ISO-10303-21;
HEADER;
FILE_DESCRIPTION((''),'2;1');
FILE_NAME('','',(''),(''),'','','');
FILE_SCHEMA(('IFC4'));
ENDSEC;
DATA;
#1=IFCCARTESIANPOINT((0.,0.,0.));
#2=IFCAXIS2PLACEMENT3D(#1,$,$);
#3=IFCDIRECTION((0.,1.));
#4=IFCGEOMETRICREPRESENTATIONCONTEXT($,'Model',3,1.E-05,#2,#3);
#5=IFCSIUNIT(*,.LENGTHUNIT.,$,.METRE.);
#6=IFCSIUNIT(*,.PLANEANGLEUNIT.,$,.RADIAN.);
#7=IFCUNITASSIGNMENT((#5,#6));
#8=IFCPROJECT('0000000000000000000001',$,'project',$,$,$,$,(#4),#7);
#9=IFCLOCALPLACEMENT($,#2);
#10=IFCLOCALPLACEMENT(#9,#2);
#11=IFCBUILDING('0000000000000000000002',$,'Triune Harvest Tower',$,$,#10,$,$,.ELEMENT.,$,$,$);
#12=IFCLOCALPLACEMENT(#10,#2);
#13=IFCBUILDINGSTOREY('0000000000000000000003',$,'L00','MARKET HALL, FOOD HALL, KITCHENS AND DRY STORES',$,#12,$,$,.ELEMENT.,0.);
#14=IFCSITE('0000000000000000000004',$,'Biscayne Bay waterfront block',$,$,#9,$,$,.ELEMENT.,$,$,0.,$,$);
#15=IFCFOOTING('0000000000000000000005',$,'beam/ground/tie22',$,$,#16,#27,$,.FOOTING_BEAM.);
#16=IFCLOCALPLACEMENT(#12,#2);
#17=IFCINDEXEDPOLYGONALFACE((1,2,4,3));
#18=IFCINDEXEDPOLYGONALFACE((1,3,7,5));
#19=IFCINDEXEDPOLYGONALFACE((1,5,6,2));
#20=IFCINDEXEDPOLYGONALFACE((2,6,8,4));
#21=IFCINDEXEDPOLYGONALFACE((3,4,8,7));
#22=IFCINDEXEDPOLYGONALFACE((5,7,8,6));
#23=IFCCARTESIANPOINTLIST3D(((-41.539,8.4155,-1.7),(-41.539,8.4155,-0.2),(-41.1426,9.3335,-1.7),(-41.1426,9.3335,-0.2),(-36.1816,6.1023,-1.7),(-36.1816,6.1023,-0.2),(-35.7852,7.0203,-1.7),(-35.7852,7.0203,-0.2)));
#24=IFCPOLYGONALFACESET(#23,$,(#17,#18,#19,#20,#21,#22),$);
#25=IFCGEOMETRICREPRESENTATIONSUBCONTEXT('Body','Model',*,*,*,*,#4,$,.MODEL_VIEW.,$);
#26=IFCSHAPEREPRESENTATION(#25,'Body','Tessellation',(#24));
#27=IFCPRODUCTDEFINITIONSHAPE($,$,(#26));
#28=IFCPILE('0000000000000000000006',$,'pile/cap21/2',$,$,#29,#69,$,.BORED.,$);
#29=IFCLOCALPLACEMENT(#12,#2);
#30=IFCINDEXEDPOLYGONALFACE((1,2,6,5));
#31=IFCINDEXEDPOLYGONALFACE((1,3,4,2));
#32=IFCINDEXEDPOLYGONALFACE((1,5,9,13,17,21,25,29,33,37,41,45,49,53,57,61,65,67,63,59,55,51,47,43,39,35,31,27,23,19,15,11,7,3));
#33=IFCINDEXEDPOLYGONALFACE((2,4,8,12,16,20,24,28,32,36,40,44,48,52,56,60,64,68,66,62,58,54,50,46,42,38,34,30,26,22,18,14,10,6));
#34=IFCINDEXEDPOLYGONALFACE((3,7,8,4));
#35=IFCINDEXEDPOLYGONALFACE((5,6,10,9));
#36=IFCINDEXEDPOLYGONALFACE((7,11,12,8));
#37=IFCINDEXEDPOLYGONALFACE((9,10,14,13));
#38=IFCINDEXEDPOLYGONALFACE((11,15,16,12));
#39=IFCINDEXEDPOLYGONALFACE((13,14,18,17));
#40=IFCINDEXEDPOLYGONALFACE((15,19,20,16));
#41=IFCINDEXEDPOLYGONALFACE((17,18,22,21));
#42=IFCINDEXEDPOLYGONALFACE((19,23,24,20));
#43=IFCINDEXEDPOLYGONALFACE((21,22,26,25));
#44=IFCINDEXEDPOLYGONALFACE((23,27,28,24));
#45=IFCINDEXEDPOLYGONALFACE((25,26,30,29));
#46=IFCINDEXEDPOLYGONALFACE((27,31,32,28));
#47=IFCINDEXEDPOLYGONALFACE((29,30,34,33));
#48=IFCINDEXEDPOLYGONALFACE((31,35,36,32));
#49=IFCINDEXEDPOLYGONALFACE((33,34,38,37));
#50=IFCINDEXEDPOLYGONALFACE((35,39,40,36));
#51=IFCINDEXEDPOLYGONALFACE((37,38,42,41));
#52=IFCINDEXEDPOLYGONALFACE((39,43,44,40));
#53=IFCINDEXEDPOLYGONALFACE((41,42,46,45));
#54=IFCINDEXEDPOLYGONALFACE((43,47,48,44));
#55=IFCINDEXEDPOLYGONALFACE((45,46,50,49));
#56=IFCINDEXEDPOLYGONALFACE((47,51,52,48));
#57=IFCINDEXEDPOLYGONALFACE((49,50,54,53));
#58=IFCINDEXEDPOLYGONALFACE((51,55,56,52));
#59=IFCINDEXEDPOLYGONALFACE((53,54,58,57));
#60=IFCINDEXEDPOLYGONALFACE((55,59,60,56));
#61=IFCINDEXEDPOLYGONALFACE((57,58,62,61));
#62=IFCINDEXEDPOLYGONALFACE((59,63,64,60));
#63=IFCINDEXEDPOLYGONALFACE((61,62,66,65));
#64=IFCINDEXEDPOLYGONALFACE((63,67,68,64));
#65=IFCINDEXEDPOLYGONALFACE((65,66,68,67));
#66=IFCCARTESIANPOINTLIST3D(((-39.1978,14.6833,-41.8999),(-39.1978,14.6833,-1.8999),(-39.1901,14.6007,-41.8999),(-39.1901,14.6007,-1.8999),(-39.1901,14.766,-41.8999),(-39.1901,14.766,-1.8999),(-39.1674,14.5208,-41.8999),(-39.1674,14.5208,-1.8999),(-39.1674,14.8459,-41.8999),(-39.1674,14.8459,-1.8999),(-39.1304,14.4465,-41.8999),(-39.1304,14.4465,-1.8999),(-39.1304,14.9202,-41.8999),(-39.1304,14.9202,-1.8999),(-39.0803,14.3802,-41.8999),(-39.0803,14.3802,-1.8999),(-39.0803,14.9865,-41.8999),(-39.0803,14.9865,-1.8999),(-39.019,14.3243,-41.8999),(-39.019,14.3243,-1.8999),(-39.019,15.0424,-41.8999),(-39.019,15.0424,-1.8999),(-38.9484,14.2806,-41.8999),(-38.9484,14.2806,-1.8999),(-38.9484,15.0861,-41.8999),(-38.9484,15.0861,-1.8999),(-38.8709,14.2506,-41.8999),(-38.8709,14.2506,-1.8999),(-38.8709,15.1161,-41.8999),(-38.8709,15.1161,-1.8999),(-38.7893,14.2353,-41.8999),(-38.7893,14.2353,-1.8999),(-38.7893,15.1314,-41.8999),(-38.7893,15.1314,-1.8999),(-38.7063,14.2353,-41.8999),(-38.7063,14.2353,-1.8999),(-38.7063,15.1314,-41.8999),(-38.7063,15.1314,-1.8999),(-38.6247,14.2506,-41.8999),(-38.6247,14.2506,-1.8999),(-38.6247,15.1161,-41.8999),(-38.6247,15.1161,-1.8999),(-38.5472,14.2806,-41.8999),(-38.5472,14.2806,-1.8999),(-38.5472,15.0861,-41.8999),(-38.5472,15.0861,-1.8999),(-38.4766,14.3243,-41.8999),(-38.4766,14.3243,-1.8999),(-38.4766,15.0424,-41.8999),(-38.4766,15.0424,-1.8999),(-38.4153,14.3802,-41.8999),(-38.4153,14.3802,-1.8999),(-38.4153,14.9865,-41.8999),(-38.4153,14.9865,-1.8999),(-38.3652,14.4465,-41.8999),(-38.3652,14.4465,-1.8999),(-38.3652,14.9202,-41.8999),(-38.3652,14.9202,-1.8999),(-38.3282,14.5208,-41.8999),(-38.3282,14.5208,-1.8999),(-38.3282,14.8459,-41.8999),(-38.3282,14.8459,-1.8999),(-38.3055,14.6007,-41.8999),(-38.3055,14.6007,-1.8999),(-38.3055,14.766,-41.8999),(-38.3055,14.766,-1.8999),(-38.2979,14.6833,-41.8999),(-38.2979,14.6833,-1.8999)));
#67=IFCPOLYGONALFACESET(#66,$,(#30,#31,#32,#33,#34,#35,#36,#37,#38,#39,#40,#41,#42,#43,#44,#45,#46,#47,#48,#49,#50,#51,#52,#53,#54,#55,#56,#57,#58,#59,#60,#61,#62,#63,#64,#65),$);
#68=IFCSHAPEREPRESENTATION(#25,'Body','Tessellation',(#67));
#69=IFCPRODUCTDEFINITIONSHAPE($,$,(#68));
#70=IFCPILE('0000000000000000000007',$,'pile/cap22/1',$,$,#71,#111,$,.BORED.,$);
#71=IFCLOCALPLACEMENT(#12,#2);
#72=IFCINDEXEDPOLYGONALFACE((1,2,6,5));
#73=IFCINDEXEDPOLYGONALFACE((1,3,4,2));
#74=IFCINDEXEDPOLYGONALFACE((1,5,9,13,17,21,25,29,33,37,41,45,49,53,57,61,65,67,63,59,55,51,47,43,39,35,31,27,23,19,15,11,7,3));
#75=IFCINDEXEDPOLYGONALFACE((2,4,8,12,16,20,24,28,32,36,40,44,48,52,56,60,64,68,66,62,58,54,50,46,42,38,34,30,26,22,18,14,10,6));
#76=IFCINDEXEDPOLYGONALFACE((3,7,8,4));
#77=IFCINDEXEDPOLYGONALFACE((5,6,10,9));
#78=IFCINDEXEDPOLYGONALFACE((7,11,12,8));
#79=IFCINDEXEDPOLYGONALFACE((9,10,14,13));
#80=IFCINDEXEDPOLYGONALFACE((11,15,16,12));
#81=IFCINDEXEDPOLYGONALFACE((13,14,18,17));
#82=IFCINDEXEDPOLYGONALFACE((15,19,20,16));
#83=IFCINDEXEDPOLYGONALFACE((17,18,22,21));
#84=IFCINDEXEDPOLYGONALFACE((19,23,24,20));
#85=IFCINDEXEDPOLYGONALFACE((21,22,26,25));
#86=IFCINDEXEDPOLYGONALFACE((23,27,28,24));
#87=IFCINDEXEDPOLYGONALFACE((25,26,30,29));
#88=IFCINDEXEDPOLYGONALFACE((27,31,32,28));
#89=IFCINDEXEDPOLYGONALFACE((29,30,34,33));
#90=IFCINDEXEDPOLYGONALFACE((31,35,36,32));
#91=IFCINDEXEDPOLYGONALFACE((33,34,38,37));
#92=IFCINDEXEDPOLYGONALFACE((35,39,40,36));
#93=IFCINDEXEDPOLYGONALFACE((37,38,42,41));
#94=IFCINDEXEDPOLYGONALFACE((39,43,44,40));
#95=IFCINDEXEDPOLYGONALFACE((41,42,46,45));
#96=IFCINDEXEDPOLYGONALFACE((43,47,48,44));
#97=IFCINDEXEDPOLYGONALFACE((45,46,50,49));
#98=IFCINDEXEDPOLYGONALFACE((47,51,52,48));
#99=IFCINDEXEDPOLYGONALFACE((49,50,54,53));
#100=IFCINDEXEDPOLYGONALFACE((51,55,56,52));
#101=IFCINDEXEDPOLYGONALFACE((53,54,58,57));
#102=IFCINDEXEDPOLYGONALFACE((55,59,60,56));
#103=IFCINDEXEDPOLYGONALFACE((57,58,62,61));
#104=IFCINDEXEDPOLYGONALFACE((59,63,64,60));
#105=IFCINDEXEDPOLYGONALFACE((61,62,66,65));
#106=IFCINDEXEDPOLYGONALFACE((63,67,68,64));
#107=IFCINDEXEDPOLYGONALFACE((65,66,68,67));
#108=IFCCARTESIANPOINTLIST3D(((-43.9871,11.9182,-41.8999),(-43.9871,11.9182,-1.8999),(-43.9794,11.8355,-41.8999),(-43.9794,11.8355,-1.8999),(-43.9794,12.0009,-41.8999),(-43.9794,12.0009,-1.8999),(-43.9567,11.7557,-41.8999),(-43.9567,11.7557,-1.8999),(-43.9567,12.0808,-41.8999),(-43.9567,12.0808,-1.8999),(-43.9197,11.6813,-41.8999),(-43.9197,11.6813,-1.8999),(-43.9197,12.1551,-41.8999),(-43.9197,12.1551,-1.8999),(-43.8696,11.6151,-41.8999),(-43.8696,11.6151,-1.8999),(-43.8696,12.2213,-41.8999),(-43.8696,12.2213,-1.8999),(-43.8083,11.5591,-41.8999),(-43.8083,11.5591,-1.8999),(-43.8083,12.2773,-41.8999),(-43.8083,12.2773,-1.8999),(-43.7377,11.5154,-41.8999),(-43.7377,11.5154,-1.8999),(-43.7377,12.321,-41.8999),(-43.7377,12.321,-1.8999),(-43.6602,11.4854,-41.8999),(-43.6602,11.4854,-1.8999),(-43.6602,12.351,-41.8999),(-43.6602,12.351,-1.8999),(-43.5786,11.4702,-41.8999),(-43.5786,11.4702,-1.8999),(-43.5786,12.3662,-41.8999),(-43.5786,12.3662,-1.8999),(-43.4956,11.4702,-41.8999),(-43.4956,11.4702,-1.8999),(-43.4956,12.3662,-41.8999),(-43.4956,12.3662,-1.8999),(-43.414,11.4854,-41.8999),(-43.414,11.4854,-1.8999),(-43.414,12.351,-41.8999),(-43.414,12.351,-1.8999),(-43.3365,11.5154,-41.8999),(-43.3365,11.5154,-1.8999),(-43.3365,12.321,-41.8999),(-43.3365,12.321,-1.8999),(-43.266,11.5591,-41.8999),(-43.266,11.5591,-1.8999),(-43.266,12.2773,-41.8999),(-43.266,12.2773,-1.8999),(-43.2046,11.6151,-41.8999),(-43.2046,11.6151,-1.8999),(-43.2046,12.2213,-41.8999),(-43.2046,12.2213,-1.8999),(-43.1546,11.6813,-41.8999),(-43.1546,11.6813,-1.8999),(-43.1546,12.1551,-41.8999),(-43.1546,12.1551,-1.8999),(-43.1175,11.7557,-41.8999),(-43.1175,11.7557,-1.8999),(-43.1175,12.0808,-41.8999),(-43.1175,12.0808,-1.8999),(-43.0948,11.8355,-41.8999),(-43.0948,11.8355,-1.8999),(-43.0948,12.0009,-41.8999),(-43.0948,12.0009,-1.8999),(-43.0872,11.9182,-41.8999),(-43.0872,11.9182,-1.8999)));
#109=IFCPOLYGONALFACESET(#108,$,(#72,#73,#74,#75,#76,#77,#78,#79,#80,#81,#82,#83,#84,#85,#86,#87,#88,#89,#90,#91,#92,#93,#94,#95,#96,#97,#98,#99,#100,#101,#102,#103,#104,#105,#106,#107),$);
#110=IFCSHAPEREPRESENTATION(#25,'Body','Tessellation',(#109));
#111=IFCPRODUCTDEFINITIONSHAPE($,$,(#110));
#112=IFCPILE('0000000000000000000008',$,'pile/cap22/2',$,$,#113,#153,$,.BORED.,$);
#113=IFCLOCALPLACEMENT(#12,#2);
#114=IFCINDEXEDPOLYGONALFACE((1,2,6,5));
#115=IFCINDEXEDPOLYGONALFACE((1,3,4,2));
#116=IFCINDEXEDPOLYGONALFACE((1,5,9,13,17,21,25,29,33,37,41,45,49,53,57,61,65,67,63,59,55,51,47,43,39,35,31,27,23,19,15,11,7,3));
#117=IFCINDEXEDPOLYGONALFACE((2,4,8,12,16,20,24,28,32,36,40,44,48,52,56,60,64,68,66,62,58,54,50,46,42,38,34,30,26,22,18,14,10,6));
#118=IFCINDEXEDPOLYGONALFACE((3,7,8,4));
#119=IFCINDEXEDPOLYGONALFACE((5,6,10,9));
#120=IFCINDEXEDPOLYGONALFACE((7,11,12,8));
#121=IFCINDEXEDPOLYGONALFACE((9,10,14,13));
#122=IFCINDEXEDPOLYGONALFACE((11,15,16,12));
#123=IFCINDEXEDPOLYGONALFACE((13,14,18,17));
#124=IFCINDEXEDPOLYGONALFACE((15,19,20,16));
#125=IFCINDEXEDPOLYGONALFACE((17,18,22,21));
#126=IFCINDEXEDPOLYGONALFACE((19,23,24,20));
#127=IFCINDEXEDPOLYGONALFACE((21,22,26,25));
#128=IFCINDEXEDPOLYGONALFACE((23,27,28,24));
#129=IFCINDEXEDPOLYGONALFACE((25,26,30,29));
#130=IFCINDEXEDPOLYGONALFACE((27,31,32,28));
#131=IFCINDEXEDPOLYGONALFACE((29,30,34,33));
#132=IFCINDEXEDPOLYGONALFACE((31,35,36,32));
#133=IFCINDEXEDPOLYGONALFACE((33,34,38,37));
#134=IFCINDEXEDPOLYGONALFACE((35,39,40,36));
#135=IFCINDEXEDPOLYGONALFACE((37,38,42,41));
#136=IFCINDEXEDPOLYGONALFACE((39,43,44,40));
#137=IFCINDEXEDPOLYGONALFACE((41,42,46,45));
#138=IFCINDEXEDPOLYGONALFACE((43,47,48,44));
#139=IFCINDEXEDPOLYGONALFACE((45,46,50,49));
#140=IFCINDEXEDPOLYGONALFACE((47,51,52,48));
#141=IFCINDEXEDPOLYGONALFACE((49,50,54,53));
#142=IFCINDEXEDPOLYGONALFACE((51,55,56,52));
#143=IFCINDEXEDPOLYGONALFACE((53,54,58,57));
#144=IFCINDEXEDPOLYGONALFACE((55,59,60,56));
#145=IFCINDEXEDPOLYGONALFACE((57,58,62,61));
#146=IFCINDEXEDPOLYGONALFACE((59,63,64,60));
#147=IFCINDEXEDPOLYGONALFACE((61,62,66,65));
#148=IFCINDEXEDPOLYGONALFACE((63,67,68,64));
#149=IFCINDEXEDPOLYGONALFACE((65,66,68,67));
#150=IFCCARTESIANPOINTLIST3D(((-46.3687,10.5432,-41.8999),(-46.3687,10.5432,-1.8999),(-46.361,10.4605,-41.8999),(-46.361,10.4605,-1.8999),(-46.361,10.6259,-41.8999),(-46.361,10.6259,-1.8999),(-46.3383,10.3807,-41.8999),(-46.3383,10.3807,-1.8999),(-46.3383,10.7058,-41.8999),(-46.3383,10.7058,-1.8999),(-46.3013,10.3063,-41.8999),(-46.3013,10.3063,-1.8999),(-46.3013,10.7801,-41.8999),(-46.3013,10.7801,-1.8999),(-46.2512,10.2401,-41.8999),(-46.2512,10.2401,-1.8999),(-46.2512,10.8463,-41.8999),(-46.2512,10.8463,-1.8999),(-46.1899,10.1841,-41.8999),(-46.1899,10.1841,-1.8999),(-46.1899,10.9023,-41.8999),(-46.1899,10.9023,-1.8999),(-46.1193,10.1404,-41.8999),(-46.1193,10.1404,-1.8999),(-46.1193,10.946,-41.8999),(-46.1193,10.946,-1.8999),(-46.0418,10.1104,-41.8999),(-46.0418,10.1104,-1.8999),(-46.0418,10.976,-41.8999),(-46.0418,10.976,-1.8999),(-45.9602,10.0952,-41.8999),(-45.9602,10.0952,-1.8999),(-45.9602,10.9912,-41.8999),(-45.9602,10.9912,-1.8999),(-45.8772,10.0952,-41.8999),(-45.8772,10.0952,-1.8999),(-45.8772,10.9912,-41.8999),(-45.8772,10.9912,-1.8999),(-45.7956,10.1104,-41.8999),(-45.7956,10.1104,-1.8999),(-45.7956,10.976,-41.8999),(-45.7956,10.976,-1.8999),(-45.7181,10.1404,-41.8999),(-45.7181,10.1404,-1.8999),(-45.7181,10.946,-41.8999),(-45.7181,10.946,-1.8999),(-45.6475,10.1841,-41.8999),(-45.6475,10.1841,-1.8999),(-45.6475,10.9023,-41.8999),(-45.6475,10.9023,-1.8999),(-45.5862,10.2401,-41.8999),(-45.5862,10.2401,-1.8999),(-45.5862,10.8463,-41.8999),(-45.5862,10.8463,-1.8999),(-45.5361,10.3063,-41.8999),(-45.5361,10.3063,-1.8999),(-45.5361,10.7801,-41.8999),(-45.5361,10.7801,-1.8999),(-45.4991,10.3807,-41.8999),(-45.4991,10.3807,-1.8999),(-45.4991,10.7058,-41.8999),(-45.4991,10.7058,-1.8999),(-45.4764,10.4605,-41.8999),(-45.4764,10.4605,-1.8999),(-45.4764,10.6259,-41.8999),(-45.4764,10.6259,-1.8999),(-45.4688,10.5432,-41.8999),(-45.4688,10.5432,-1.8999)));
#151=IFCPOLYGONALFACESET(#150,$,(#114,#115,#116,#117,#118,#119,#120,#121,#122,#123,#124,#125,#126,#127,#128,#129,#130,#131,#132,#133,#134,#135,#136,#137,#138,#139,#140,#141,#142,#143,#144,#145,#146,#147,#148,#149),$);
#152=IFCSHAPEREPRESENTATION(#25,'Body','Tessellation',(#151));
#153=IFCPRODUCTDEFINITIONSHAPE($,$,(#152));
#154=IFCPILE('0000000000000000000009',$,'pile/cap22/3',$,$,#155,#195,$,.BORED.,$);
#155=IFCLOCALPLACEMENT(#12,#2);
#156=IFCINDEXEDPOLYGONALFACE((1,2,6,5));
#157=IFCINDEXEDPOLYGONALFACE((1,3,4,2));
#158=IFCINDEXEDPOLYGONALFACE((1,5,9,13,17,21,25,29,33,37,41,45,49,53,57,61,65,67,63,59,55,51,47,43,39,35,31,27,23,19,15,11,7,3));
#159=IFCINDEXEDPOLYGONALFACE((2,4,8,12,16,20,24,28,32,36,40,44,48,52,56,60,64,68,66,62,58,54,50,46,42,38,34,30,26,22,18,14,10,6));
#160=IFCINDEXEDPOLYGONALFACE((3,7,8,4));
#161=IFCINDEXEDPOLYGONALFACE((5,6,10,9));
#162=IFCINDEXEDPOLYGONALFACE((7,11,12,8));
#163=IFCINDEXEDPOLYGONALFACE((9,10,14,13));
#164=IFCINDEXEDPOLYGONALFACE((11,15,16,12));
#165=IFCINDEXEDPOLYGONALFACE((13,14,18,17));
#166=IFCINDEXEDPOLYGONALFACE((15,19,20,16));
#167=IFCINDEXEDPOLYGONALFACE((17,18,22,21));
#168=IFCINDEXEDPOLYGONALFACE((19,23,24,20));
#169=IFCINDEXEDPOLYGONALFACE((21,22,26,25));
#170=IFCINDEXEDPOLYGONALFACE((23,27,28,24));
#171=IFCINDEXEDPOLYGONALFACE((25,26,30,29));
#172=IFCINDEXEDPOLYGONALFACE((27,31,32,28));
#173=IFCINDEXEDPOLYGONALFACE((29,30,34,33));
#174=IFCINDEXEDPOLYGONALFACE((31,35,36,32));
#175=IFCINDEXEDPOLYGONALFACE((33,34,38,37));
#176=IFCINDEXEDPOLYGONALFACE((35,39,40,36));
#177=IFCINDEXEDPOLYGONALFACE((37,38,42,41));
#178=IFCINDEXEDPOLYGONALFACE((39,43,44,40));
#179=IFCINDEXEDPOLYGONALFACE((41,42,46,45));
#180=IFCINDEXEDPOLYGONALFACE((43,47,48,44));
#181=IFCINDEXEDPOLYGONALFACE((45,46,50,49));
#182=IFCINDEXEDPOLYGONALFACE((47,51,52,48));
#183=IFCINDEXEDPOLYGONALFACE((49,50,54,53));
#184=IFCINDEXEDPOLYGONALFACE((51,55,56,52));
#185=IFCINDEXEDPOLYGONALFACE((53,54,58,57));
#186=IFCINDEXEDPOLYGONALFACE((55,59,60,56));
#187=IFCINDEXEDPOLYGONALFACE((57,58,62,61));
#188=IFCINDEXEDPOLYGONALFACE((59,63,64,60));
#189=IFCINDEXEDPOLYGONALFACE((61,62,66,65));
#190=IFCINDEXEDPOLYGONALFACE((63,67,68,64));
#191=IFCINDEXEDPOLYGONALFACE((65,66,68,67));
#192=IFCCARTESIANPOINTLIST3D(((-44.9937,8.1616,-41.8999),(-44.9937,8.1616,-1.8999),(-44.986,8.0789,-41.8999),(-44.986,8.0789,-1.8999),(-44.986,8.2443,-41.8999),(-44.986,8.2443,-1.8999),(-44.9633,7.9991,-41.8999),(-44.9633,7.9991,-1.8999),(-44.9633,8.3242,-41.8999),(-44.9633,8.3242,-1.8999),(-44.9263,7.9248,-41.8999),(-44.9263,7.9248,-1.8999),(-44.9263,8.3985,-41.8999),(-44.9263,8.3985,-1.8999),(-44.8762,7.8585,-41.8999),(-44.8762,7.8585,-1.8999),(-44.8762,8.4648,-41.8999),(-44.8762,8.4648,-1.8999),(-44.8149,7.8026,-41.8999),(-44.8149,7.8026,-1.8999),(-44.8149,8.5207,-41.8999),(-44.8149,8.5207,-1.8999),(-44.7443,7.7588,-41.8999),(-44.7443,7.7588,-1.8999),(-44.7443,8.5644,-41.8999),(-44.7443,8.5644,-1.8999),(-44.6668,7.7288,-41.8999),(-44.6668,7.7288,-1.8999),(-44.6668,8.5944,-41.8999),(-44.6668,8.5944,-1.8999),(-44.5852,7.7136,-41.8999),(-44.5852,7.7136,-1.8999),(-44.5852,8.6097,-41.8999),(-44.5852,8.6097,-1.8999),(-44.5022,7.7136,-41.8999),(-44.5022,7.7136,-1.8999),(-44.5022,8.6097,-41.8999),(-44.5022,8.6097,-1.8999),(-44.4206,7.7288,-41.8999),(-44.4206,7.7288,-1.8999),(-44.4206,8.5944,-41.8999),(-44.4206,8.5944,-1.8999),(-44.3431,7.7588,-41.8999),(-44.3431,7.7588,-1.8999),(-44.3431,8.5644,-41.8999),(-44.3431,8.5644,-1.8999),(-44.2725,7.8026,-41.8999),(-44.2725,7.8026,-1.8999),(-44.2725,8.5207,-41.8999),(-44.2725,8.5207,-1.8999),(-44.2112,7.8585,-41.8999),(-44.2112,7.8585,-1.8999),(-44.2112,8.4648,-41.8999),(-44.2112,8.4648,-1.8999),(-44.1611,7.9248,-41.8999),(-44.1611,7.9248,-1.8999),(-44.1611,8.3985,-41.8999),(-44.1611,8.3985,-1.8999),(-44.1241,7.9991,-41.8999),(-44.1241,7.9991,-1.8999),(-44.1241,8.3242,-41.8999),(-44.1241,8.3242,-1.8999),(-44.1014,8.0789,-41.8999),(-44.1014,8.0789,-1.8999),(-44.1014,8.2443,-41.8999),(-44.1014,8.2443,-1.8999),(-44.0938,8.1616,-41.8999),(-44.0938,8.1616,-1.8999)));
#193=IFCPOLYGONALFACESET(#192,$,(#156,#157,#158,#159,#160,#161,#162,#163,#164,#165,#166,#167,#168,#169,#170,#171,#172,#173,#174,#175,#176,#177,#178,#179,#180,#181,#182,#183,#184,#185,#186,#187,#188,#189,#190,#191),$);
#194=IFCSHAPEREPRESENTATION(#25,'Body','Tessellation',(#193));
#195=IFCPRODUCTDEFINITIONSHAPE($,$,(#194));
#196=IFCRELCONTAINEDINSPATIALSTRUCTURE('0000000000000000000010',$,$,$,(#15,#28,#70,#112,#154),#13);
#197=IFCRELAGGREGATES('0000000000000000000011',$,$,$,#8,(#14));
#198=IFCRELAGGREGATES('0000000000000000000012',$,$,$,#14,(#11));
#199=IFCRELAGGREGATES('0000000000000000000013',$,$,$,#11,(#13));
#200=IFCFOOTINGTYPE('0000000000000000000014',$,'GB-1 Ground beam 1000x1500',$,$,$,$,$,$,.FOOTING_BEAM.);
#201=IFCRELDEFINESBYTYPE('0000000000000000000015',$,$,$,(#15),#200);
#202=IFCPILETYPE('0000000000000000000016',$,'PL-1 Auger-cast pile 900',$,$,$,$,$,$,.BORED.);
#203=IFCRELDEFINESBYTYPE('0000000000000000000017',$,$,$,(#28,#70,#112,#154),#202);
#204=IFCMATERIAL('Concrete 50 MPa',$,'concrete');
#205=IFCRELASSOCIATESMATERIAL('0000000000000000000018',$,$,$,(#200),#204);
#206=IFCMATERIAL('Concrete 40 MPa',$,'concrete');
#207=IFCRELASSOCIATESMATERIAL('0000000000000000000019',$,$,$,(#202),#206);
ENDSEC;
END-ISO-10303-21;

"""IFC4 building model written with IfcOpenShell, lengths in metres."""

from ifc_helpers import new_model, si_unit, direction, frame, origin, origin_2d, place, context, subcontext, project, spatial, rectangle, circle, extrude, source, transform, mapped, material, material_profile, profile_set, type_object, element, save


model = new_model("IFC4")

# Units and contexts
model_context = context("Model", 3, precision=1e-05, world=origin(), true_north=direction((0.0, 1.0)))
body_context = subcontext(model_context, "Body", "Model", "MODEL_VIEW")
ifc_project = project(units=[si_unit("LENGTHUNIT", "METRE"), si_unit("PLANEANGLEUNIT", "RADIAN")], contexts=[model_context])

# Site, building, storey
site_placement = place(None, origin())
site = spatial("IfcSite", under=ifc_project, at=site_placement, Name="Biscayne Bay waterfront block", CompositionType="ELEMENT", RefElevation=0.0)
building_placement = place(site_placement, origin())
building = spatial("IfcBuilding", under=site, at=building_placement, Name="Triune Harvest Tower", CompositionType="ELEMENT")
storey_placement = place(building_placement, origin())
storey = spatial("IfcBuildingStorey", under=building, at=storey_placement, Name="L00", Description="MARKET HALL, FOOD HALL, KITCHENS AND DRY STORES", CompositionType="ELEMENT", Elevation=0.0)

# Footing
ifc_material_1 = material(Name="Concrete 50 MPa", Category="concrete")
ifc_material_profile_1 = material_profile(ifc_material_1, rectangle(XDim=1.0, YDim=1.5, at=origin_2d()), Name="Concrete 1000x1500")
ifc_profile_set_1 = profile_set([ifc_material_profile_1], Name="Concrete 50 MPa")
footing_type_1 = type_object("IfcFootingType", Name="GB-1 Ground beam 1000x1500", PredefinedType="FOOTING_BEAM", material=ifc_profile_set_1)
footing_1_placement = place(storey_placement, frame((-41.3408, 8.8745, -0.95), z_axis=(0.918075, -0.396407, 0.0), x_axis=(0.396407, 0.918075, 0.0)))
element("IfcFooting", 1, at=footing_1_placement, inside=storey, type_object=footing_type_1, Name="beam/ground/tie22", PredefinedType="FOOTING_BEAM", context=body_context, shape_type="SweptSolid", body=[
    extrude(rectangle(XDim=1.0, YDim=1.5, at=origin_2d()), origin(), (0.0, 0.0, 1.0), 5.8354),
])

# Piles
ifc_material_2 = material(Name="Concrete 40 MPa", Category="concrete")
ifc_material_profile_2 = material_profile(ifc_material_2, circle(Radius=0.45, at=origin_2d()), Name="Bored 900")
ifc_profile_set_2 = profile_set([ifc_material_profile_2], Name="Concrete 40 MPa")
pile_type = type_object("IfcPileType", Name="PL-1 Auger-cast pile 900", PredefinedType="BORED", material=ifc_profile_set_2)
shared_shape_1 = source(origin(), body_context, "Body", "SweptSolid", [
    extrude(circle(Radius=0.45, at=origin_2d()), origin(), (0.0, 0.0, 1.0), 40.0),
])
for number, where, z_axis, x_axis, name in (
    (2, (-38.7478, 14.6833, -1.8999), (0.0, 0.0, -1.0), (1.0, 0.0, 0.0), "pile/cap21/2"),
    (3, (-43.5371, 11.9182, -1.8999), (0.0, 0.0, -1.0), (1.0, 0.0, 0.0), "pile/cap22/1"),
    (4, (-45.9187, 10.5432, -1.8999), (0.0, 0.0, -1.0), (1.0, 0.0, 0.0), "pile/cap22/2"),
    (5, (-44.5437, 8.1616, -1.8999), (0.0, 0.0, -1.0), (1.0, 0.0, 0.0), "pile/cap22/3"),
):
    element("IfcPile", number, at=place(storey_placement, frame(where, z_axis=z_axis, x_axis=x_axis)), inside=storey, type_object=pile_type, Name=name, PredefinedType="BORED", context=body_context, shape_type="MappedRepresentation", body=[
        mapped(shared_shape_1, transform((0.0, 0.0, 0.0), scale=1.0)),
    ])

save(model, "model.ifc")
